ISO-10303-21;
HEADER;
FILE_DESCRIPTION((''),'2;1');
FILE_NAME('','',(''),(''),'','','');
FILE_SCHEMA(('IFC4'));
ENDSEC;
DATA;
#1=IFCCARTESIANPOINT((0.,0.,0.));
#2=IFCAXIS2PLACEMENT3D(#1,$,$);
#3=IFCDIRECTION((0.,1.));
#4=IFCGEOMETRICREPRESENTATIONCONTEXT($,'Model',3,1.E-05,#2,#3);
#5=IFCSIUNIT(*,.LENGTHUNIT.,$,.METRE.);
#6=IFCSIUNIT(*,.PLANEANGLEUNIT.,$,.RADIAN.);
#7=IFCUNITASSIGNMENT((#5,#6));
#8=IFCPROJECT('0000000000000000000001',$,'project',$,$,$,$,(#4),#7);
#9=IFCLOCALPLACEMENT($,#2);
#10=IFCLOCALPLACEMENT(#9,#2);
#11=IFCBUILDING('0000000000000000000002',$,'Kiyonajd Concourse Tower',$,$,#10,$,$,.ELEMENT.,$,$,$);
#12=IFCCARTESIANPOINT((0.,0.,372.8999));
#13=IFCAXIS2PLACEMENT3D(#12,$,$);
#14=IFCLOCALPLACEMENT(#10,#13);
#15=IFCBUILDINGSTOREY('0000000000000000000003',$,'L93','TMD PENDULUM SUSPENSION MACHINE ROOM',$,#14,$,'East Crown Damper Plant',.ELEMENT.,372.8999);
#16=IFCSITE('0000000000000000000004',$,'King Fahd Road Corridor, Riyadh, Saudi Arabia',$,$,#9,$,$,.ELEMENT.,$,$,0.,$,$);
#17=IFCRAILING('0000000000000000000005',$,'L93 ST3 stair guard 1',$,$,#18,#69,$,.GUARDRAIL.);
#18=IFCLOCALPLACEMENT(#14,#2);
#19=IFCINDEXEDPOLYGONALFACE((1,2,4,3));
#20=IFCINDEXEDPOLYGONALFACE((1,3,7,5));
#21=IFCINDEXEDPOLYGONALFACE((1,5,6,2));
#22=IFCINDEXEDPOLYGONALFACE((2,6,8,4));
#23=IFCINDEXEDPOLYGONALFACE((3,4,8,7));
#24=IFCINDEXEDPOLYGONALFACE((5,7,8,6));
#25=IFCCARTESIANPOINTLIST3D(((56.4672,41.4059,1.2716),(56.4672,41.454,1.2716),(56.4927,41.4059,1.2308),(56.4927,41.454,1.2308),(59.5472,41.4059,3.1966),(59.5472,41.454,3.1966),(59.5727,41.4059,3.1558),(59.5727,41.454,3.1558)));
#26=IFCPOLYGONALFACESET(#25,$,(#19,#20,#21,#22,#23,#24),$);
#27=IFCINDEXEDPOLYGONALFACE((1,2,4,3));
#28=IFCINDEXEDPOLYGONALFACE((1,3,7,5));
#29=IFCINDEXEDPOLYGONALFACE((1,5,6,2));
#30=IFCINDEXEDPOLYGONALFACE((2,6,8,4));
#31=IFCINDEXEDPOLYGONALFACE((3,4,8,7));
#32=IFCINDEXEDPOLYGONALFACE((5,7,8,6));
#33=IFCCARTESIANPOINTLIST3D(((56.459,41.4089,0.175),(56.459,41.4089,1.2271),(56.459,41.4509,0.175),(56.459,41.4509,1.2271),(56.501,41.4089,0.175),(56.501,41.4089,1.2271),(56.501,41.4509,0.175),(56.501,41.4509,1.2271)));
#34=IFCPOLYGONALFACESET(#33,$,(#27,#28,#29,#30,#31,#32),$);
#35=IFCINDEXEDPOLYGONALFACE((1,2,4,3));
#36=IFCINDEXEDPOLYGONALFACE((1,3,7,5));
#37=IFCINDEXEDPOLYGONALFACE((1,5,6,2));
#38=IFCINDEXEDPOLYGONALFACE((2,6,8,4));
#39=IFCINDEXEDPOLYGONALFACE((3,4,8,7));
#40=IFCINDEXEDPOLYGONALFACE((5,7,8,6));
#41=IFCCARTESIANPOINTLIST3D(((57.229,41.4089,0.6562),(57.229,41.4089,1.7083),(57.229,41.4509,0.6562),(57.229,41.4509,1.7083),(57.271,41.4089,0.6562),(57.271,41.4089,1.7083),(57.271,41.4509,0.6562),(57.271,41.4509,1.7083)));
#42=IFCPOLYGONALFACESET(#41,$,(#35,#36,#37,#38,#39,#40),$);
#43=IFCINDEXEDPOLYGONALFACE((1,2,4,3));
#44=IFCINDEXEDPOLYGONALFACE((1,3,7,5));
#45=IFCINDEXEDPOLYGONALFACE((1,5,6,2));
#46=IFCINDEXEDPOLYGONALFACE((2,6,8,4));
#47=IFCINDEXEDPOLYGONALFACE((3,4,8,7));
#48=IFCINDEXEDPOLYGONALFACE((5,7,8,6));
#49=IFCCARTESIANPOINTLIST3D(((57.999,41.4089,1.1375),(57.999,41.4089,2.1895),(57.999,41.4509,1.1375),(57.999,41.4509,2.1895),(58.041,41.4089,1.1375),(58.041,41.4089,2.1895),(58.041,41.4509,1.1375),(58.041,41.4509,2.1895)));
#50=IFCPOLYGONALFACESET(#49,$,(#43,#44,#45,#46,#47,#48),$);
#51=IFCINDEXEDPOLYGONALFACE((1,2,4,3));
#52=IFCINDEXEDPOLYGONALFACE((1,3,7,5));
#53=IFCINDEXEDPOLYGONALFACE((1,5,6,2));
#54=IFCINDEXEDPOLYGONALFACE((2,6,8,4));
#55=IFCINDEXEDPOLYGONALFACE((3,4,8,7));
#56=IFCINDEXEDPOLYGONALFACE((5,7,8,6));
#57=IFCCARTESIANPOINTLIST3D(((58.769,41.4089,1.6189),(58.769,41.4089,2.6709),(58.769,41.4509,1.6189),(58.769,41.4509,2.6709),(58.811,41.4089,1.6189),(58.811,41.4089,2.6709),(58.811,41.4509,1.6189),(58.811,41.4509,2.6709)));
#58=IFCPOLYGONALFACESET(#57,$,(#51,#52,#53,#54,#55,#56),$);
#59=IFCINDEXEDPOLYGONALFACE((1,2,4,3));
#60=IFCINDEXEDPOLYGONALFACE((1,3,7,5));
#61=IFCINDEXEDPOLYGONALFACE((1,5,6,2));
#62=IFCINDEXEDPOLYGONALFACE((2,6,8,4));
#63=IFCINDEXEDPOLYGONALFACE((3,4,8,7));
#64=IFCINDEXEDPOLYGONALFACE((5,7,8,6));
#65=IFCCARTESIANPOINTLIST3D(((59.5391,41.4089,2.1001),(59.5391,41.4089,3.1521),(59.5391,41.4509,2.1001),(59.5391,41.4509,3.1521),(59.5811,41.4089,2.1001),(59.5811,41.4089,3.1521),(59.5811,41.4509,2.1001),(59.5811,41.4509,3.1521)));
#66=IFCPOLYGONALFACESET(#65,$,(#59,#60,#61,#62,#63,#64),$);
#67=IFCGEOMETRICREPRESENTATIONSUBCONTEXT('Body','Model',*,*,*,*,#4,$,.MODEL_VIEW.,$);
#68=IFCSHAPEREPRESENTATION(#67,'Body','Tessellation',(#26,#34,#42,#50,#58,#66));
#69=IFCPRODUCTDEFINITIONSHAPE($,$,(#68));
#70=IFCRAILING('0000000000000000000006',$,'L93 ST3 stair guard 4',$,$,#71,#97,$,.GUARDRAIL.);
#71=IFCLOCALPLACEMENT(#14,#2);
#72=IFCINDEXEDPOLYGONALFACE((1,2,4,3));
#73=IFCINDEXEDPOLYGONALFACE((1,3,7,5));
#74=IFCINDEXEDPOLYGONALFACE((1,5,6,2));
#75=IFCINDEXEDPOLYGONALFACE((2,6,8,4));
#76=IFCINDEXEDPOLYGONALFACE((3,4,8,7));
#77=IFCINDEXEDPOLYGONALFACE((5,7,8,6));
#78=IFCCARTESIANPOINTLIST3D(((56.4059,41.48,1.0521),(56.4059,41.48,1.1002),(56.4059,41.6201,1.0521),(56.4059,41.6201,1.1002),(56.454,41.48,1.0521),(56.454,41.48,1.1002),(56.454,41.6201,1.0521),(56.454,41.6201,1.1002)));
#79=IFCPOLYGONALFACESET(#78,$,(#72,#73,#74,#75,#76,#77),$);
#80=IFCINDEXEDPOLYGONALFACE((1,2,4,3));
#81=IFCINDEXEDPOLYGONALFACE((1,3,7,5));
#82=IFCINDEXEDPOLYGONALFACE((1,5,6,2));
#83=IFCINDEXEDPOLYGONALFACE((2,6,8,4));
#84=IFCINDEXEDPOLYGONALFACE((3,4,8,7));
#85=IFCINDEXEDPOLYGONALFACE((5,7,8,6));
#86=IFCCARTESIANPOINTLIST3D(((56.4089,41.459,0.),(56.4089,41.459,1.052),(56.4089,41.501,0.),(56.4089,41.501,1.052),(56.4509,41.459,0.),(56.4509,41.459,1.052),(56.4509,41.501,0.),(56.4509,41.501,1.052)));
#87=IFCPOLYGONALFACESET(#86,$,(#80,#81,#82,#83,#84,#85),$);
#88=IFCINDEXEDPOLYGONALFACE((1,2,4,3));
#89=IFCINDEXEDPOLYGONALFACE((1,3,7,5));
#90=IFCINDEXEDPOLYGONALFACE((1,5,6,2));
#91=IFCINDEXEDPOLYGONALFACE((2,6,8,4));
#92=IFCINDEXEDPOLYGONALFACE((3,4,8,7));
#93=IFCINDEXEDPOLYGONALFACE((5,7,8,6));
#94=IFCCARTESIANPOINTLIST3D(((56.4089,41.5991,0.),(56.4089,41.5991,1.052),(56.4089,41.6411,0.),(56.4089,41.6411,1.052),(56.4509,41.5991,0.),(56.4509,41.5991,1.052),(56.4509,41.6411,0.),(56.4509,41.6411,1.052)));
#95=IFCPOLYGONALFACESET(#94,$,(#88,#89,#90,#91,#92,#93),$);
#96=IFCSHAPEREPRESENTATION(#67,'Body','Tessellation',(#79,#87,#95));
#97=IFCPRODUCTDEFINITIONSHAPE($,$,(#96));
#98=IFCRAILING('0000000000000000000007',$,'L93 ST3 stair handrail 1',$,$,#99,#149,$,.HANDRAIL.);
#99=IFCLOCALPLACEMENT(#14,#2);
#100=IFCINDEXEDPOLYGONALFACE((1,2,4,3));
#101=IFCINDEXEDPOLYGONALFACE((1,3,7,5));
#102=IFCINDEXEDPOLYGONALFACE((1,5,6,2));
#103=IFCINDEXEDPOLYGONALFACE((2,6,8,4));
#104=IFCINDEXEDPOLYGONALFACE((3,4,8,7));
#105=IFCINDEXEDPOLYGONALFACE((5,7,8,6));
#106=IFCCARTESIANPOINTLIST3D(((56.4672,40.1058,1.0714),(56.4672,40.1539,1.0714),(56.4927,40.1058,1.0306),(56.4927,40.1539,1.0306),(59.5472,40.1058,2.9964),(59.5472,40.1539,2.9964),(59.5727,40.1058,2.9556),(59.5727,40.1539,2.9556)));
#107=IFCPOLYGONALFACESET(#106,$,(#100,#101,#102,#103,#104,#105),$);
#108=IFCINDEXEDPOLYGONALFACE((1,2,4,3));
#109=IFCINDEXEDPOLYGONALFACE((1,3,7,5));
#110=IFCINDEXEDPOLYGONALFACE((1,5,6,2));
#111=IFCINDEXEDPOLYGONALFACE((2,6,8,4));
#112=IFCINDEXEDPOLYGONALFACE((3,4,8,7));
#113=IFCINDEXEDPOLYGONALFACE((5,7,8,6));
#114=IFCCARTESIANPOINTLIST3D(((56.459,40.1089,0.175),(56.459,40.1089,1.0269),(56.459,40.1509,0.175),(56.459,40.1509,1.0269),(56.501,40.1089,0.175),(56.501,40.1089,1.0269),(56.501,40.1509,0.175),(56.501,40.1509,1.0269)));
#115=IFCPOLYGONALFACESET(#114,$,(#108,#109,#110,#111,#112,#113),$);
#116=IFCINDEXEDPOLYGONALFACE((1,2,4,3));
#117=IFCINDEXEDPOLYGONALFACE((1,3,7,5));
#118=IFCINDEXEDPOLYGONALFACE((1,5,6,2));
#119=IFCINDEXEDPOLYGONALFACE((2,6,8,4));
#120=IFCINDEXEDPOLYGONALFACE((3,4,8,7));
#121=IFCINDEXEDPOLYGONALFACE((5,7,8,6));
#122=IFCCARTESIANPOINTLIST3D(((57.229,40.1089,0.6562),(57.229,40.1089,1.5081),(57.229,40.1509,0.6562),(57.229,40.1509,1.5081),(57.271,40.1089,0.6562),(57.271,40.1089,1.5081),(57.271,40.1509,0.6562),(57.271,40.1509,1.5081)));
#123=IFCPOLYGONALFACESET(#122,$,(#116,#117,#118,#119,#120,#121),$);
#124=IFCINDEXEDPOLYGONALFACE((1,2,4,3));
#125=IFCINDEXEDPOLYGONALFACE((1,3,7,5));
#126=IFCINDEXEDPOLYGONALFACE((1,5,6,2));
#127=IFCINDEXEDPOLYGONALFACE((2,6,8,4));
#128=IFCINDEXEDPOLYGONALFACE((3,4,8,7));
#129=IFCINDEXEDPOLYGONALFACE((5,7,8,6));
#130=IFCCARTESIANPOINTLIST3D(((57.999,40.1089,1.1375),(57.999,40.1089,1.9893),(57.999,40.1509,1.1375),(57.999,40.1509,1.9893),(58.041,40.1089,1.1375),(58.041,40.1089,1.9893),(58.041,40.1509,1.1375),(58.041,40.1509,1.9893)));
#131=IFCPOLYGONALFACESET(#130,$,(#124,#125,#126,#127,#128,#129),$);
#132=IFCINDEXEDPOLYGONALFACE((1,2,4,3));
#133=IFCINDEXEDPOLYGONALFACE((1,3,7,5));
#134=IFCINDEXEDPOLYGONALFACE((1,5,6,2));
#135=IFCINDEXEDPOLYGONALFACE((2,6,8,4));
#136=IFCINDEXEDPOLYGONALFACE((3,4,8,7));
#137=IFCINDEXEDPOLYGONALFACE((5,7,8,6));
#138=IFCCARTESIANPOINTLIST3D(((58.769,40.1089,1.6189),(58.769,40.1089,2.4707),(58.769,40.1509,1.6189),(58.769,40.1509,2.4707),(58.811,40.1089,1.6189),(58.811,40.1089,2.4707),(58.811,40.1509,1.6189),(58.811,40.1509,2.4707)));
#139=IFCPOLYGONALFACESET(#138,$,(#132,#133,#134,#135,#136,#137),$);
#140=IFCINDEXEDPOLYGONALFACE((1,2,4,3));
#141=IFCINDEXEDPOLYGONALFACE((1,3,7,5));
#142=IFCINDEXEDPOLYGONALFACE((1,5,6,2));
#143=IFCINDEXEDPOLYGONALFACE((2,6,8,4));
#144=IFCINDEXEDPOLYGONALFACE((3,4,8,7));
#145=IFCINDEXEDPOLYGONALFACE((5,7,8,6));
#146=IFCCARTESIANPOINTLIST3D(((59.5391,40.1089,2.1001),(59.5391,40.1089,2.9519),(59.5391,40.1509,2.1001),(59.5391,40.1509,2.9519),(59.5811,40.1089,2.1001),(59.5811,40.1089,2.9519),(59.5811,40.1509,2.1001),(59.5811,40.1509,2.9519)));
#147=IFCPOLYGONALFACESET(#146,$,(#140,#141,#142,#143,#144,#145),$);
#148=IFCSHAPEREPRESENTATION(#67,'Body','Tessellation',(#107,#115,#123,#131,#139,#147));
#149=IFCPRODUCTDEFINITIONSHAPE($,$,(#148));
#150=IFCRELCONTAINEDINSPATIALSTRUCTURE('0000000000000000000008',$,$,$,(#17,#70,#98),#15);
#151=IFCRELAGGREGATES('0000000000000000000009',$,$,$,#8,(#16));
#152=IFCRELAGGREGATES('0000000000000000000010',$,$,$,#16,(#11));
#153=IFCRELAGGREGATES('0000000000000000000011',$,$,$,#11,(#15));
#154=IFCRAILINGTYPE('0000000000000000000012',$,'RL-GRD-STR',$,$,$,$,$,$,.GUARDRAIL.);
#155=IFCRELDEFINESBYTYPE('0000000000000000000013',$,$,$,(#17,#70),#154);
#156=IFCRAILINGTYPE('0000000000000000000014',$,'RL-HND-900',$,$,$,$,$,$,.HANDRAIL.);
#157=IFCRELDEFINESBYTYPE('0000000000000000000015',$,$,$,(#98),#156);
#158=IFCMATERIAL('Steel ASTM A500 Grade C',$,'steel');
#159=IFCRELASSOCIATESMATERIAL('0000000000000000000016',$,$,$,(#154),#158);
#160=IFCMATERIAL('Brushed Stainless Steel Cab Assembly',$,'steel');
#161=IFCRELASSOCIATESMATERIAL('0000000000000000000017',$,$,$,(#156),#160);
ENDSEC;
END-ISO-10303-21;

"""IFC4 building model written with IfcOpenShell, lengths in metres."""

from ifc_helpers import new_model, si_unit, direction, frame, origin, origin_2d, place, context, subcontext, project, spatial, rectangle, extrude, material, type_object, element, save


model = new_model("IFC4")

# Units and contexts
model_context = context("Model", 3, precision=1e-05, world=origin(), true_north=direction((0.0, 1.0)))
body_context = subcontext(model_context, "Body", "Model", "MODEL_VIEW")
ifc_project = project(units=[si_unit("LENGTHUNIT", "METRE"), si_unit("PLANEANGLEUNIT", "RADIAN")], contexts=[model_context])

# Site, building, storey
site_placement = place(None, origin())
site = spatial("IfcSite", under=ifc_project, at=site_placement, Name="King Fahd Road Corridor, Riyadh, Saudi Arabia", CompositionType="ELEMENT", RefElevation=0.0)
building_placement = place(site_placement, origin())
building = spatial("IfcBuilding", under=site, at=building_placement, Name="Kiyonajd Concourse Tower", CompositionType="ELEMENT")
storey_placement = place(building_placement, frame((0.0, 0.0, 372.8999)))
storey = spatial("IfcBuildingStorey", under=building, at=storey_placement, Name="L93", Description="TMD PENDULUM SUSPENSION MACHINE ROOM", LongName="East Crown Damper Plant", CompositionType="ELEMENT", Elevation=372.8999)

# Shared definitions
ifc_material_1 = material(Name="Steel ASTM A500 Grade C", Category="steel")

# Shared definitions
ifc_material_2 = material(Name="Brushed Stainless Steel Cab Assembly", Category="steel")

# Railings
railing_type_1 = type_object("IfcRailingType", Name="RL-GRD-STR", PredefinedType="GUARDRAIL", material=ifc_material_1)
railing_1_placement = place(storey_placement, frame((56.48, 41.4299, 0.175)))
element("IfcRailing", 1, at=railing_1_placement, inside=storey, type_object=railing_type_1, Name="L93 ST3 stair guard 1", PredefinedType="GUARDRAIL", context=body_context, shape_type="SweptSolid", body=[
    extrude(rectangle(XDim=0.0481, YDim=0.0481, at=origin_2d()), frame((0.0, 0.0, 1.0762), z_axis=(0.847998, 0.0, 0.529999), x_axis=(0.0, 1.0, 0.0)), (0.0, 0.0, 1.0), 3.6321),
    extrude(rectangle(XDim=0.042, YDim=0.042, at=origin_2d()), origin(), (0.0, 0.0, 1.0), 1.052),
    extrude(rectangle(XDim=0.042, YDim=0.042, at=origin_2d()), frame((0.77, 0.0, 0.4812)), (0.0, 0.0, 1.0), 1.052),
    extrude(rectangle(XDim=0.042, YDim=0.042, at=origin_2d()), frame((1.54, 0.0, 0.9624)), (0.0, 0.0, 1.0), 1.052),
    extrude(rectangle(XDim=0.042, YDim=0.042, at=origin_2d()), frame((2.3101, 0.0, 1.4438)), (0.0, 0.0, 1.0), 1.052),
    extrude(rectangle(XDim=0.042, YDim=0.042, at=origin_2d()), frame((3.0801, 0.0, 1.925)), (0.0, 0.0, 1.0), 1.052),
])
railing_2_placement = place(storey_placement, frame((56.4299, 41.48, 0.0)))
element("IfcRailing", 2, at=railing_2_placement, inside=storey, type_object=railing_type_1, Name="L93 ST3 stair guard 4", PredefinedType="GUARDRAIL", context=body_context, shape_type="SweptSolid", body=[
    extrude(rectangle(XDim=0.0481, YDim=0.0481, at=origin_2d()), frame((0.0, 0.0, 1.0762), z_axis=(0.0, 1.0, 0.0), x_axis=(-1.0, 0.0, 0.0)), (0.0, 0.0, 1.0), 0.1401),
    extrude(rectangle(XDim=0.042, YDim=0.042, at=origin_2d()), origin(), (0.0, 0.0, 1.0), 1.052),
    extrude(rectangle(XDim=0.042, YDim=0.042, at=origin_2d()), frame((0.0, 0.1401, 0.0)), (0.0, 0.0, 1.0), 1.052),
])
railing_type_2 = type_object("IfcRailingType", Name="RL-HND-900", PredefinedType="HANDRAIL", material=ifc_material_2)
railing_3_placement = place(storey_placement, frame((56.48, 40.1299, 0.175)))
element("IfcRailing", 3, at=railing_3_placement, inside=storey, type_object=railing_type_2, Name="L93 ST3 stair handrail 1", PredefinedType="HANDRAIL", context=body_context, shape_type="SweptSolid", body=[
    extrude(rectangle(XDim=0.0481, YDim=0.0481, at=origin_2d()), frame((0.0, 0.0, 0.876), z_axis=(0.847998, 0.0, 0.529999), x_axis=(0.0, 1.0, 0.0)), (0.0, 0.0, 1.0), 3.6321),
    extrude(rectangle(XDim=0.042, YDim=0.042, at=origin_2d()), origin(), (0.0, 0.0, 1.0), 0.8518),
    extrude(rectangle(XDim=0.042, YDim=0.042, at=origin_2d()), frame((0.77, 0.0, 0.4812)), (0.0, 0.0, 1.0), 0.8518),
    extrude(rectangle(XDim=0.042, YDim=0.042, at=origin_2d()), frame((1.54, 0.0, 0.9624)), (0.0, 0.0, 1.0), 0.8518),
    extrude(rectangle(XDim=0.042, YDim=0.042, at=origin_2d()), frame((2.3101, 0.0, 1.4438)), (0.0, 0.0, 1.0), 0.8518),
    extrude(rectangle(XDim=0.042, YDim=0.042, at=origin_2d()), frame((3.0801, 0.0, 1.925)), (0.0, 0.0, 1.0), 0.8518),
])

save(model, "model.ifc")
